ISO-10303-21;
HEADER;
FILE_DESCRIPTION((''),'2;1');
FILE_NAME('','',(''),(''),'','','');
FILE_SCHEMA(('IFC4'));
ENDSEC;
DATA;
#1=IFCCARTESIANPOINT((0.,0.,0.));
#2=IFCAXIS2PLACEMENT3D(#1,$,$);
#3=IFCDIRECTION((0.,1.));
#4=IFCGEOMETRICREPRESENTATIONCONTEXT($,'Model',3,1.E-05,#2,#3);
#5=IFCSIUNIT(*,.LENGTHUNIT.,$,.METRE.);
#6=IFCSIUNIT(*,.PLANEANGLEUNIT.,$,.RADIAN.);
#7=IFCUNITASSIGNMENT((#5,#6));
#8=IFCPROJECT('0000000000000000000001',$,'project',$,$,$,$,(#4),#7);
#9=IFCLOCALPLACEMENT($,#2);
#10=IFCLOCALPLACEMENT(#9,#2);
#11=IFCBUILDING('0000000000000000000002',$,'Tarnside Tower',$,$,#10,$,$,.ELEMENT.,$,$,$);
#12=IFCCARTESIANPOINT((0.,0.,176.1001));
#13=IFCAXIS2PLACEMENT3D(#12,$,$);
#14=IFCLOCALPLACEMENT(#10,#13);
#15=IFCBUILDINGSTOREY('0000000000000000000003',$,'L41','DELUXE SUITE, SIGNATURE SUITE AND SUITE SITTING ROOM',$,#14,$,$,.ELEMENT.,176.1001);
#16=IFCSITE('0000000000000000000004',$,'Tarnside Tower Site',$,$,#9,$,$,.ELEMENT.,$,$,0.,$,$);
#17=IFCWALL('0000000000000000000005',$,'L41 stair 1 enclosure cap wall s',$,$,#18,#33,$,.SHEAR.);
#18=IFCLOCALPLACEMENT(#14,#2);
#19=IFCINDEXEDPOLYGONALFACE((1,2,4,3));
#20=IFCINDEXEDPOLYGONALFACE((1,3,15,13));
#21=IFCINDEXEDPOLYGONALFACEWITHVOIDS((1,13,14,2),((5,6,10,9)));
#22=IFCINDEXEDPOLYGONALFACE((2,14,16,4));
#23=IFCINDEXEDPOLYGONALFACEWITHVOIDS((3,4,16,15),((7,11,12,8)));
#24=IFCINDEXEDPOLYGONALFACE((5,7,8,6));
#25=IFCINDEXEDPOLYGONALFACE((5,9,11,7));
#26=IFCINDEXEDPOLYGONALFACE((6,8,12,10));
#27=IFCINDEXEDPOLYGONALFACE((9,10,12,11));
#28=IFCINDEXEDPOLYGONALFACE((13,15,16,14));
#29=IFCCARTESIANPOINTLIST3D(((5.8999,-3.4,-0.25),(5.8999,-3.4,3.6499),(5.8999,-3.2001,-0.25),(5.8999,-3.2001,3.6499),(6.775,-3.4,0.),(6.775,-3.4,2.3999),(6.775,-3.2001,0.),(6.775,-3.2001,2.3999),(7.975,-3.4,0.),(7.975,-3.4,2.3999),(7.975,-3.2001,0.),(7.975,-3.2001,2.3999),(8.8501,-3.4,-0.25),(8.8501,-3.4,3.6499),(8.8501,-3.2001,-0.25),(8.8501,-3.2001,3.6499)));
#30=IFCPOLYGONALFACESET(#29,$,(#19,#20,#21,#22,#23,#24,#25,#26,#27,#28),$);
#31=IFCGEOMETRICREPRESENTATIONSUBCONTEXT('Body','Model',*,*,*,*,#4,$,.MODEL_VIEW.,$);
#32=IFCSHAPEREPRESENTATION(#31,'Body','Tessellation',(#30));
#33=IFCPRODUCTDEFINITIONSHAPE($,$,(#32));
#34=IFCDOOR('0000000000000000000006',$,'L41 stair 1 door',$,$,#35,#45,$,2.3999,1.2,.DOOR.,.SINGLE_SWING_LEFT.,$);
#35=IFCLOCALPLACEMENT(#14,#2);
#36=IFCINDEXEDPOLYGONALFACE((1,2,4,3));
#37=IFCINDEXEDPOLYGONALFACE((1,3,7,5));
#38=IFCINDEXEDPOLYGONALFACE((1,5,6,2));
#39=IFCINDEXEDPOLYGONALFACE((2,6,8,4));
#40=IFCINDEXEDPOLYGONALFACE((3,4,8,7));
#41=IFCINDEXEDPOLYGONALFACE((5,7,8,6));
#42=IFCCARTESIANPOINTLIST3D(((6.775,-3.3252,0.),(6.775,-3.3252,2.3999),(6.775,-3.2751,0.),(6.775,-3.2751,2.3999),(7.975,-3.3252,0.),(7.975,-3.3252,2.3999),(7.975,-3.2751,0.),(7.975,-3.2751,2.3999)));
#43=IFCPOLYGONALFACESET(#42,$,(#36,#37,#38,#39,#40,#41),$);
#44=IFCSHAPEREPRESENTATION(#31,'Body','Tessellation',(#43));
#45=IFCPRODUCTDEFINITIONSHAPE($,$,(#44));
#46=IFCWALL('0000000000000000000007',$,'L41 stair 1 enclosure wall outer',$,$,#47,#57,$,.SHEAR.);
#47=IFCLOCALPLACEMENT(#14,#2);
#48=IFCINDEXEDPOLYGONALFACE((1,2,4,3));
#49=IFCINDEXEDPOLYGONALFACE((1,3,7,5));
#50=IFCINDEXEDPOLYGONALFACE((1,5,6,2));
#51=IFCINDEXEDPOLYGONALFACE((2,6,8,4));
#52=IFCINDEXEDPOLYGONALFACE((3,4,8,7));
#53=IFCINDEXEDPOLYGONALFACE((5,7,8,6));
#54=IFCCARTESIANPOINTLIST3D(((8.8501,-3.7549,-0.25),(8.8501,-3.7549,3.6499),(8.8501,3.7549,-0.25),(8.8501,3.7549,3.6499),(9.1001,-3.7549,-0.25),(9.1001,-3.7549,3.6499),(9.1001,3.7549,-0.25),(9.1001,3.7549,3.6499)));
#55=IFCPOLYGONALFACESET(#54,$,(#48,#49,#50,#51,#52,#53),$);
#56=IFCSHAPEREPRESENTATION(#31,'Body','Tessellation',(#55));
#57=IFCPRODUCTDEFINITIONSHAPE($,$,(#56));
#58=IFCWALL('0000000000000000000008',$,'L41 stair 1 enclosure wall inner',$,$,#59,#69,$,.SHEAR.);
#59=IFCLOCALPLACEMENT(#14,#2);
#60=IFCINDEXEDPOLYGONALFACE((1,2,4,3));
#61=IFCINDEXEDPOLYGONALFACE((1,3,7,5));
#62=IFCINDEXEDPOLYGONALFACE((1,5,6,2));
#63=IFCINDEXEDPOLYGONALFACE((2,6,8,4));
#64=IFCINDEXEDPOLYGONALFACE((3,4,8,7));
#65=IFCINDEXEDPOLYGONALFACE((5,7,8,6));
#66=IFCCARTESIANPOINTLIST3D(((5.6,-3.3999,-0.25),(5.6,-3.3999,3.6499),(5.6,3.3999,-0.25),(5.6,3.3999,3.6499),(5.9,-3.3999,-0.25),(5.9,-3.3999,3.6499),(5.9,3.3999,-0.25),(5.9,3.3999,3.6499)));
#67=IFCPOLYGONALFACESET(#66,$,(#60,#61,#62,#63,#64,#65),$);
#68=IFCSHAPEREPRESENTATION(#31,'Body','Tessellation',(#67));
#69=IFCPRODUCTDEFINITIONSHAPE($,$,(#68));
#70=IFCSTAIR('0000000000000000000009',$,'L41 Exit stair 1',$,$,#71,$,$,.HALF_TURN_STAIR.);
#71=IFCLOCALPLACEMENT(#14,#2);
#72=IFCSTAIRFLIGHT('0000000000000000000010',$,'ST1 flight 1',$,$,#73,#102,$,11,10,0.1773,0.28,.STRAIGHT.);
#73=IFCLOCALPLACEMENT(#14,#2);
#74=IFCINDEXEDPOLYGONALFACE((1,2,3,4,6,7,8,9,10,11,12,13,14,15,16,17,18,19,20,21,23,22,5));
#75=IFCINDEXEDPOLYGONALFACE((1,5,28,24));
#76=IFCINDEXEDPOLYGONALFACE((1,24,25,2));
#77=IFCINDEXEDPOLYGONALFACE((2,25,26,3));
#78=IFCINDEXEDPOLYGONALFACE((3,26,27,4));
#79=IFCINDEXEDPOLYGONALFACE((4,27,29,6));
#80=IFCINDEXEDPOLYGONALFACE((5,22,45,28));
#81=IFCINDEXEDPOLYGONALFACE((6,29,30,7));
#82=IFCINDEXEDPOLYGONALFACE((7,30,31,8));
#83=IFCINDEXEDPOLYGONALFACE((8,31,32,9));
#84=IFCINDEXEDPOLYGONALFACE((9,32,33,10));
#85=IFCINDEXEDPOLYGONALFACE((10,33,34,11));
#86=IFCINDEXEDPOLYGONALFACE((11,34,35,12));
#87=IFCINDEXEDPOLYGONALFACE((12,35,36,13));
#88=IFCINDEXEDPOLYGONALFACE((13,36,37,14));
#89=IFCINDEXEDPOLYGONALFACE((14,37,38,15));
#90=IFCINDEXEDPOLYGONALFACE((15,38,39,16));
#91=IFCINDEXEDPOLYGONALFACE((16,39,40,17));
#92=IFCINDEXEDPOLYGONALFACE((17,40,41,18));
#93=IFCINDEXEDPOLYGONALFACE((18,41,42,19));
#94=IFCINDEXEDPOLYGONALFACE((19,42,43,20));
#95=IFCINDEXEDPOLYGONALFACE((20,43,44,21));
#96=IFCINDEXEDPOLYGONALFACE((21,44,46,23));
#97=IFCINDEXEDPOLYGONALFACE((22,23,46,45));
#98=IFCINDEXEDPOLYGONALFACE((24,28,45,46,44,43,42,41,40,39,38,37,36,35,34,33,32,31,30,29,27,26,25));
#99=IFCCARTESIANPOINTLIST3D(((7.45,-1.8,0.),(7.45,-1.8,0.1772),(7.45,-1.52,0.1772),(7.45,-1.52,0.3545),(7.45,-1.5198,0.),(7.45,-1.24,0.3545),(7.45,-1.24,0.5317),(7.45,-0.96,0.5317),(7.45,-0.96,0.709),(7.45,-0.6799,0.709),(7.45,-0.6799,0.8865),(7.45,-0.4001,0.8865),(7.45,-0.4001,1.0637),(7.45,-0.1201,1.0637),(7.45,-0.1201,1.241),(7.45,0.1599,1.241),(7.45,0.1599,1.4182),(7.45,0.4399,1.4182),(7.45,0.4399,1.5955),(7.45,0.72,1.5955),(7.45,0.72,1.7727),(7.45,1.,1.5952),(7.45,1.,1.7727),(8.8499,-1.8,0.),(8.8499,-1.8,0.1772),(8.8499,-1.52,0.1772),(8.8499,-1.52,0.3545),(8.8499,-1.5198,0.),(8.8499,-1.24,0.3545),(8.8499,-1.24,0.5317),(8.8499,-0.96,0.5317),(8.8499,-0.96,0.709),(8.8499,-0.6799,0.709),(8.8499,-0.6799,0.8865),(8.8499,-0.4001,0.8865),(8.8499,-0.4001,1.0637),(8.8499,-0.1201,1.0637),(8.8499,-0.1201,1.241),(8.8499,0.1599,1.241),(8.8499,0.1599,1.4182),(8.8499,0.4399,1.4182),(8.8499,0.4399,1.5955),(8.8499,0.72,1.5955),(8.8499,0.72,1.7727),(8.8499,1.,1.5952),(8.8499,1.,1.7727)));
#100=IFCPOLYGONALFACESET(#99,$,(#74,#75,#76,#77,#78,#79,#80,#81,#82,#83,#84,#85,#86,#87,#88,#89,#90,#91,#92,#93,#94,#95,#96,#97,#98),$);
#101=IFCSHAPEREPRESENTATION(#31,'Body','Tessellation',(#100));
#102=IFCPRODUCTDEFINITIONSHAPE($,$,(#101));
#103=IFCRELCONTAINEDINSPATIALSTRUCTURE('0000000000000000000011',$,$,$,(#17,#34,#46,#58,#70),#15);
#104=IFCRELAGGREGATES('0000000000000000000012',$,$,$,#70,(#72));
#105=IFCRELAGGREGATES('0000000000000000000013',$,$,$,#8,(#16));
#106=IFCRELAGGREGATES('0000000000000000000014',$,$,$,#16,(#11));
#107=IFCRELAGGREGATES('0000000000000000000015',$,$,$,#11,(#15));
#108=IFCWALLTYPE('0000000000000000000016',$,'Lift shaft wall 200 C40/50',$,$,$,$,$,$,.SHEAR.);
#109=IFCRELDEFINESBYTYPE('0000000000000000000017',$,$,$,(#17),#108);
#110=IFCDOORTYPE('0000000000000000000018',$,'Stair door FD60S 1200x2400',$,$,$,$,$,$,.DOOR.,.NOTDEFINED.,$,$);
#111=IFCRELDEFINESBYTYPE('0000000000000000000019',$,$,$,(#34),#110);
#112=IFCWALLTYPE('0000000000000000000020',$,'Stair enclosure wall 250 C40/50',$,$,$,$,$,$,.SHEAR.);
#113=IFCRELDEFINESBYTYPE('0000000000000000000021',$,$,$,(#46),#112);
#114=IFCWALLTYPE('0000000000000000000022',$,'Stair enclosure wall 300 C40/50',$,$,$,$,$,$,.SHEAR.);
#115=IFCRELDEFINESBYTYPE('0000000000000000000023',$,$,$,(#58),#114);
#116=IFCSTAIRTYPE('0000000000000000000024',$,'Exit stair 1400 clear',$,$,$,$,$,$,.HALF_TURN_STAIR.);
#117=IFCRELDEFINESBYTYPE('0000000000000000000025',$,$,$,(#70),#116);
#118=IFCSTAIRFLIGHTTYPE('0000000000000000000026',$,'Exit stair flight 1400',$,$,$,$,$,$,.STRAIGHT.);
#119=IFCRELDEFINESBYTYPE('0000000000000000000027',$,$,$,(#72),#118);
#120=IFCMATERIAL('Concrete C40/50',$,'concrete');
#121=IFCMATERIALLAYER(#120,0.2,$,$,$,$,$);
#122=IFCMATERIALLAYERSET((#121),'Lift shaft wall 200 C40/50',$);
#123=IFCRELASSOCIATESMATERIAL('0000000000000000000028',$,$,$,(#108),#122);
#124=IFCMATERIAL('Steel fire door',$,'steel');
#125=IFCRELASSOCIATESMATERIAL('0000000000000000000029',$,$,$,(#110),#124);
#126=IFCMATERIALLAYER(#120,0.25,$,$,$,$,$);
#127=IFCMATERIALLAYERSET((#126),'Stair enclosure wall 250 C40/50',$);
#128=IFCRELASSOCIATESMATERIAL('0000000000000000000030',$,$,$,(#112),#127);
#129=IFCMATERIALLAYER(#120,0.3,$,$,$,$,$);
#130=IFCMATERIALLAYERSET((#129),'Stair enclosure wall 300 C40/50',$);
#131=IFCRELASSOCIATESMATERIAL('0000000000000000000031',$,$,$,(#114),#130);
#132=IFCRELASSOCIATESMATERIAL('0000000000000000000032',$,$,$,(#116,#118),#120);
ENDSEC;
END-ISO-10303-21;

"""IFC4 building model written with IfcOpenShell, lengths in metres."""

from ifc_helpers import new_model, si_unit, direction, frame, frame_2d, origin, place, context, subcontext, project, spatial, polyline, rectangle, outline, extrude, material, layer, layer_set, type_object, element, fill, aggregate, save


model = new_model("IFC4")

# Units and contexts
model_context = context("Model", 3, precision=1e-05, world=origin(), true_north=direction((0.0, 1.0)))
body_context = subcontext(model_context, "Body", "Model", "MODEL_VIEW")
ifc_project = project(units=[si_unit("LENGTHUNIT", "METRE"), si_unit("PLANEANGLEUNIT", "RADIAN")], contexts=[model_context])

# Site, building, storey
site_placement = place(None, origin())
site = spatial("IfcSite", under=ifc_project, at=site_placement, Name="Tarnside Tower Site", CompositionType="ELEMENT", RefElevation=0.0)
building_placement = place(site_placement, origin())
building = spatial("IfcBuilding", under=site, at=building_placement, Name="Tarnside Tower", CompositionType="ELEMENT")
storey_placement = place(building_placement, frame((0.0, 0.0, 176.1001)))
storey = spatial("IfcBuildingStorey", under=building, at=storey_placement, Name="L41", Description="DELUXE SUITE, SIGNATURE SUITE AND SUITE SITTING ROOM", CompositionType="ELEMENT", Elevation=176.1001)

# Shared definitions
ifc_material_1 = material(Name="Concrete C40/50", Category="concrete")

# Shared definitions
ifc_material_2 = material(Name="Steel fire door", Category="steel")

# Shared definitions
ifc_layer_1 = layer(ifc_material_1, 0.2)
ifc_layer_set_1 = layer_set([ifc_layer_1], Name="Lift shaft wall 200 C40/50")
wall_type_1 = type_object("IfcWallType", Name="Lift shaft wall 200 C40/50", PredefinedType="SHEAR", material=ifc_layer_set_1)

# Wall, opening, door
wall_1_placement = place(storey_placement, frame((5.8999, -3.3, -0.25), z_axis=(0.0, 0.0, 1.0), x_axis=(1.0, 0.0, 0.0)))
wall_1 = element("IfcWall", 1, at=wall_1_placement, inside=storey, type_object=wall_type_1, Name="L41 stair 1 enclosure cap wall s", PredefinedType="SHEAR", context=body_context, shape_type="SweptSolid", body=[
    extrude(rectangle(XDim=2.9502, YDim=0.2, at=frame_2d((1.4751, 0.0))), origin(), (0.0, 0.0, 1.0), 3.8999),
])
opening_1_placement = place(wall_1_placement, frame((0.875, 0.0, 0.25)))
opening_1 = element("IfcOpeningElement", 2, at=opening_1_placement, cuts=wall_1, PredefinedType="OPENING", context=body_context, shape_type="SweptSolid", body=[
    extrude(rectangle(XDim=1.2, YDim=2.3999, at=frame_2d((0.6001, 1.2))), frame((0.0, 0.1099, 0.0), z_axis=(0.0, -1.0, 0.0), x_axis=(1.0, 0.0, 0.0)), (0.0, 0.0, 1.0), 0.22),
])
door_type_1 = type_object("IfcDoorType", Name="Stair door FD60S 1200x2400", OperationType="NOTDEFINED", PredefinedType="DOOR", material=ifc_material_2)
door_1_placement = place(opening_1_placement, origin())
door_1 = element("IfcDoor", 3, at=door_1_placement, inside=storey, type_object=door_type_1, Name="L41 stair 1 door", OperationType="SINGLE_SWING_LEFT", OverallHeight=2.3999, OverallWidth=1.2, PredefinedType="DOOR", context=body_context, shape_type="SweptSolid", body=[
    extrude(rectangle(XDim=1.2, YDim=2.3999, at=frame_2d((0.6001, 1.2))), frame((0.0, 0.0249, 0.0), z_axis=(0.0, -1.0, 0.0), x_axis=(1.0, 0.0, 0.0)), (0.0, 0.0, 1.0), 0.05),
])
fill(opening_1, door_1)

# Walls
ifc_layer_2 = layer(ifc_material_1, 0.25)
ifc_layer_set_2 = layer_set([ifc_layer_2], Name="Stair enclosure wall 250 C40/50")
wall_type_2 = type_object("IfcWallType", Name="Stair enclosure wall 250 C40/50", PredefinedType="SHEAR", material=ifc_layer_set_2)
wall_2_placement = place(storey_placement, frame((8.9751, -3.7549, -0.25), z_axis=(0.0, 0.0, 1.0), x_axis=(0.0, 1.0, 0.0)))
element("IfcWall", 4, at=wall_2_placement, inside=storey, type_object=wall_type_2, Name="L41 stair 1 enclosure wall outer", PredefinedType="SHEAR", context=body_context, shape_type="SweptSolid", body=[
    extrude(rectangle(XDim=7.5098, YDim=0.25, at=frame_2d((3.7549, 0.0))), origin(), (0.0, 0.0, 1.0), 3.8999),
])
ifc_layer_3 = layer(ifc_material_1, 0.3)
ifc_layer_set_3 = layer_set([ifc_layer_3], Name="Stair enclosure wall 300 C40/50")
wall_type_3 = type_object("IfcWallType", Name="Stair enclosure wall 300 C40/50", PredefinedType="SHEAR", material=ifc_layer_set_3)
wall_3_placement = place(storey_placement, frame((5.75, -3.3999, -0.25), z_axis=(0.0, 0.0, 1.0), x_axis=(0.0, 1.0, 0.0)))
element("IfcWall", 5, at=wall_3_placement, inside=storey, type_object=wall_type_3, Name="L41 stair 1 enclosure wall inner", PredefinedType="SHEAR", context=body_context, shape_type="SweptSolid", body=[
    extrude(rectangle(XDim=6.7998, YDim=0.3, at=frame_2d((3.3999, 0.0))), origin(), (0.0, 0.0, 1.0), 3.8999),
])

# Stair, stair flight
stair_type = type_object("IfcStairType", Name="Exit stair 1400 clear", PredefinedType="HALF_TURN_STAIR", material=ifc_material_1)
stair_placement = place(storey_placement, origin())
stair = element("IfcStair", 6, at=stair_placement, inside=storey, type_object=stair_type, Name="L41 Exit stair 1", PredefinedType="HALF_TURN_STAIR")
stair_flight_type = type_object("IfcStairFlightType", Name="Exit stair flight 1400", PredefinedType="STRAIGHT", material=ifc_material_1)
stair_flight_placement = place(storey_placement, frame((8.1499, -1.8, 0.0), z_axis=(0.0, 0.0, 1.0), x_axis=(0.0, 1.0, 0.0)))
stair_flight = element("IfcStairFlight", 7, at=stair_flight_placement, type_object=stair_flight_type, Name="ST1 flight 1", NumberOfRisers=11, NumberOfTreads=10, PredefinedType="STRAIGHT", RiserHeight=0.1773, TreadLength=0.28, context=body_context, shape_type="SweptSolid", body=[
    extrude(outline(polyline([(0.0, 0.0), (0.0, 0.1772), (0.28, 0.1772), (0.28, 0.3545), (0.5601, 0.3545), (0.5601, 0.5317), (0.8401, 0.5317), (0.8401, 0.709), (1.1201, 0.709), (1.1201, 0.8865), (1.3999, 0.8865), (1.3999, 1.0637), (1.6799, 1.0637), (1.6799, 1.241), (1.96, 1.241), (1.96, 1.4182), (2.24, 1.4182), (2.24, 1.5955), (2.52, 1.5955), (2.52, 1.7727), (2.8, 1.7727), (2.8, 1.95), (2.8, 1.5952), (0.2803, 0.0), (0.0, 0.0)])), frame((0.0, 0.7, 0.0), z_axis=(0.0, -1.0, 0.0), x_axis=(1.0, 0.0, 0.0)), (0.0, 0.0, 1.0), 1.3999),
])
aggregate(stair, [stair_flight])

save(model, "model.ifc")
